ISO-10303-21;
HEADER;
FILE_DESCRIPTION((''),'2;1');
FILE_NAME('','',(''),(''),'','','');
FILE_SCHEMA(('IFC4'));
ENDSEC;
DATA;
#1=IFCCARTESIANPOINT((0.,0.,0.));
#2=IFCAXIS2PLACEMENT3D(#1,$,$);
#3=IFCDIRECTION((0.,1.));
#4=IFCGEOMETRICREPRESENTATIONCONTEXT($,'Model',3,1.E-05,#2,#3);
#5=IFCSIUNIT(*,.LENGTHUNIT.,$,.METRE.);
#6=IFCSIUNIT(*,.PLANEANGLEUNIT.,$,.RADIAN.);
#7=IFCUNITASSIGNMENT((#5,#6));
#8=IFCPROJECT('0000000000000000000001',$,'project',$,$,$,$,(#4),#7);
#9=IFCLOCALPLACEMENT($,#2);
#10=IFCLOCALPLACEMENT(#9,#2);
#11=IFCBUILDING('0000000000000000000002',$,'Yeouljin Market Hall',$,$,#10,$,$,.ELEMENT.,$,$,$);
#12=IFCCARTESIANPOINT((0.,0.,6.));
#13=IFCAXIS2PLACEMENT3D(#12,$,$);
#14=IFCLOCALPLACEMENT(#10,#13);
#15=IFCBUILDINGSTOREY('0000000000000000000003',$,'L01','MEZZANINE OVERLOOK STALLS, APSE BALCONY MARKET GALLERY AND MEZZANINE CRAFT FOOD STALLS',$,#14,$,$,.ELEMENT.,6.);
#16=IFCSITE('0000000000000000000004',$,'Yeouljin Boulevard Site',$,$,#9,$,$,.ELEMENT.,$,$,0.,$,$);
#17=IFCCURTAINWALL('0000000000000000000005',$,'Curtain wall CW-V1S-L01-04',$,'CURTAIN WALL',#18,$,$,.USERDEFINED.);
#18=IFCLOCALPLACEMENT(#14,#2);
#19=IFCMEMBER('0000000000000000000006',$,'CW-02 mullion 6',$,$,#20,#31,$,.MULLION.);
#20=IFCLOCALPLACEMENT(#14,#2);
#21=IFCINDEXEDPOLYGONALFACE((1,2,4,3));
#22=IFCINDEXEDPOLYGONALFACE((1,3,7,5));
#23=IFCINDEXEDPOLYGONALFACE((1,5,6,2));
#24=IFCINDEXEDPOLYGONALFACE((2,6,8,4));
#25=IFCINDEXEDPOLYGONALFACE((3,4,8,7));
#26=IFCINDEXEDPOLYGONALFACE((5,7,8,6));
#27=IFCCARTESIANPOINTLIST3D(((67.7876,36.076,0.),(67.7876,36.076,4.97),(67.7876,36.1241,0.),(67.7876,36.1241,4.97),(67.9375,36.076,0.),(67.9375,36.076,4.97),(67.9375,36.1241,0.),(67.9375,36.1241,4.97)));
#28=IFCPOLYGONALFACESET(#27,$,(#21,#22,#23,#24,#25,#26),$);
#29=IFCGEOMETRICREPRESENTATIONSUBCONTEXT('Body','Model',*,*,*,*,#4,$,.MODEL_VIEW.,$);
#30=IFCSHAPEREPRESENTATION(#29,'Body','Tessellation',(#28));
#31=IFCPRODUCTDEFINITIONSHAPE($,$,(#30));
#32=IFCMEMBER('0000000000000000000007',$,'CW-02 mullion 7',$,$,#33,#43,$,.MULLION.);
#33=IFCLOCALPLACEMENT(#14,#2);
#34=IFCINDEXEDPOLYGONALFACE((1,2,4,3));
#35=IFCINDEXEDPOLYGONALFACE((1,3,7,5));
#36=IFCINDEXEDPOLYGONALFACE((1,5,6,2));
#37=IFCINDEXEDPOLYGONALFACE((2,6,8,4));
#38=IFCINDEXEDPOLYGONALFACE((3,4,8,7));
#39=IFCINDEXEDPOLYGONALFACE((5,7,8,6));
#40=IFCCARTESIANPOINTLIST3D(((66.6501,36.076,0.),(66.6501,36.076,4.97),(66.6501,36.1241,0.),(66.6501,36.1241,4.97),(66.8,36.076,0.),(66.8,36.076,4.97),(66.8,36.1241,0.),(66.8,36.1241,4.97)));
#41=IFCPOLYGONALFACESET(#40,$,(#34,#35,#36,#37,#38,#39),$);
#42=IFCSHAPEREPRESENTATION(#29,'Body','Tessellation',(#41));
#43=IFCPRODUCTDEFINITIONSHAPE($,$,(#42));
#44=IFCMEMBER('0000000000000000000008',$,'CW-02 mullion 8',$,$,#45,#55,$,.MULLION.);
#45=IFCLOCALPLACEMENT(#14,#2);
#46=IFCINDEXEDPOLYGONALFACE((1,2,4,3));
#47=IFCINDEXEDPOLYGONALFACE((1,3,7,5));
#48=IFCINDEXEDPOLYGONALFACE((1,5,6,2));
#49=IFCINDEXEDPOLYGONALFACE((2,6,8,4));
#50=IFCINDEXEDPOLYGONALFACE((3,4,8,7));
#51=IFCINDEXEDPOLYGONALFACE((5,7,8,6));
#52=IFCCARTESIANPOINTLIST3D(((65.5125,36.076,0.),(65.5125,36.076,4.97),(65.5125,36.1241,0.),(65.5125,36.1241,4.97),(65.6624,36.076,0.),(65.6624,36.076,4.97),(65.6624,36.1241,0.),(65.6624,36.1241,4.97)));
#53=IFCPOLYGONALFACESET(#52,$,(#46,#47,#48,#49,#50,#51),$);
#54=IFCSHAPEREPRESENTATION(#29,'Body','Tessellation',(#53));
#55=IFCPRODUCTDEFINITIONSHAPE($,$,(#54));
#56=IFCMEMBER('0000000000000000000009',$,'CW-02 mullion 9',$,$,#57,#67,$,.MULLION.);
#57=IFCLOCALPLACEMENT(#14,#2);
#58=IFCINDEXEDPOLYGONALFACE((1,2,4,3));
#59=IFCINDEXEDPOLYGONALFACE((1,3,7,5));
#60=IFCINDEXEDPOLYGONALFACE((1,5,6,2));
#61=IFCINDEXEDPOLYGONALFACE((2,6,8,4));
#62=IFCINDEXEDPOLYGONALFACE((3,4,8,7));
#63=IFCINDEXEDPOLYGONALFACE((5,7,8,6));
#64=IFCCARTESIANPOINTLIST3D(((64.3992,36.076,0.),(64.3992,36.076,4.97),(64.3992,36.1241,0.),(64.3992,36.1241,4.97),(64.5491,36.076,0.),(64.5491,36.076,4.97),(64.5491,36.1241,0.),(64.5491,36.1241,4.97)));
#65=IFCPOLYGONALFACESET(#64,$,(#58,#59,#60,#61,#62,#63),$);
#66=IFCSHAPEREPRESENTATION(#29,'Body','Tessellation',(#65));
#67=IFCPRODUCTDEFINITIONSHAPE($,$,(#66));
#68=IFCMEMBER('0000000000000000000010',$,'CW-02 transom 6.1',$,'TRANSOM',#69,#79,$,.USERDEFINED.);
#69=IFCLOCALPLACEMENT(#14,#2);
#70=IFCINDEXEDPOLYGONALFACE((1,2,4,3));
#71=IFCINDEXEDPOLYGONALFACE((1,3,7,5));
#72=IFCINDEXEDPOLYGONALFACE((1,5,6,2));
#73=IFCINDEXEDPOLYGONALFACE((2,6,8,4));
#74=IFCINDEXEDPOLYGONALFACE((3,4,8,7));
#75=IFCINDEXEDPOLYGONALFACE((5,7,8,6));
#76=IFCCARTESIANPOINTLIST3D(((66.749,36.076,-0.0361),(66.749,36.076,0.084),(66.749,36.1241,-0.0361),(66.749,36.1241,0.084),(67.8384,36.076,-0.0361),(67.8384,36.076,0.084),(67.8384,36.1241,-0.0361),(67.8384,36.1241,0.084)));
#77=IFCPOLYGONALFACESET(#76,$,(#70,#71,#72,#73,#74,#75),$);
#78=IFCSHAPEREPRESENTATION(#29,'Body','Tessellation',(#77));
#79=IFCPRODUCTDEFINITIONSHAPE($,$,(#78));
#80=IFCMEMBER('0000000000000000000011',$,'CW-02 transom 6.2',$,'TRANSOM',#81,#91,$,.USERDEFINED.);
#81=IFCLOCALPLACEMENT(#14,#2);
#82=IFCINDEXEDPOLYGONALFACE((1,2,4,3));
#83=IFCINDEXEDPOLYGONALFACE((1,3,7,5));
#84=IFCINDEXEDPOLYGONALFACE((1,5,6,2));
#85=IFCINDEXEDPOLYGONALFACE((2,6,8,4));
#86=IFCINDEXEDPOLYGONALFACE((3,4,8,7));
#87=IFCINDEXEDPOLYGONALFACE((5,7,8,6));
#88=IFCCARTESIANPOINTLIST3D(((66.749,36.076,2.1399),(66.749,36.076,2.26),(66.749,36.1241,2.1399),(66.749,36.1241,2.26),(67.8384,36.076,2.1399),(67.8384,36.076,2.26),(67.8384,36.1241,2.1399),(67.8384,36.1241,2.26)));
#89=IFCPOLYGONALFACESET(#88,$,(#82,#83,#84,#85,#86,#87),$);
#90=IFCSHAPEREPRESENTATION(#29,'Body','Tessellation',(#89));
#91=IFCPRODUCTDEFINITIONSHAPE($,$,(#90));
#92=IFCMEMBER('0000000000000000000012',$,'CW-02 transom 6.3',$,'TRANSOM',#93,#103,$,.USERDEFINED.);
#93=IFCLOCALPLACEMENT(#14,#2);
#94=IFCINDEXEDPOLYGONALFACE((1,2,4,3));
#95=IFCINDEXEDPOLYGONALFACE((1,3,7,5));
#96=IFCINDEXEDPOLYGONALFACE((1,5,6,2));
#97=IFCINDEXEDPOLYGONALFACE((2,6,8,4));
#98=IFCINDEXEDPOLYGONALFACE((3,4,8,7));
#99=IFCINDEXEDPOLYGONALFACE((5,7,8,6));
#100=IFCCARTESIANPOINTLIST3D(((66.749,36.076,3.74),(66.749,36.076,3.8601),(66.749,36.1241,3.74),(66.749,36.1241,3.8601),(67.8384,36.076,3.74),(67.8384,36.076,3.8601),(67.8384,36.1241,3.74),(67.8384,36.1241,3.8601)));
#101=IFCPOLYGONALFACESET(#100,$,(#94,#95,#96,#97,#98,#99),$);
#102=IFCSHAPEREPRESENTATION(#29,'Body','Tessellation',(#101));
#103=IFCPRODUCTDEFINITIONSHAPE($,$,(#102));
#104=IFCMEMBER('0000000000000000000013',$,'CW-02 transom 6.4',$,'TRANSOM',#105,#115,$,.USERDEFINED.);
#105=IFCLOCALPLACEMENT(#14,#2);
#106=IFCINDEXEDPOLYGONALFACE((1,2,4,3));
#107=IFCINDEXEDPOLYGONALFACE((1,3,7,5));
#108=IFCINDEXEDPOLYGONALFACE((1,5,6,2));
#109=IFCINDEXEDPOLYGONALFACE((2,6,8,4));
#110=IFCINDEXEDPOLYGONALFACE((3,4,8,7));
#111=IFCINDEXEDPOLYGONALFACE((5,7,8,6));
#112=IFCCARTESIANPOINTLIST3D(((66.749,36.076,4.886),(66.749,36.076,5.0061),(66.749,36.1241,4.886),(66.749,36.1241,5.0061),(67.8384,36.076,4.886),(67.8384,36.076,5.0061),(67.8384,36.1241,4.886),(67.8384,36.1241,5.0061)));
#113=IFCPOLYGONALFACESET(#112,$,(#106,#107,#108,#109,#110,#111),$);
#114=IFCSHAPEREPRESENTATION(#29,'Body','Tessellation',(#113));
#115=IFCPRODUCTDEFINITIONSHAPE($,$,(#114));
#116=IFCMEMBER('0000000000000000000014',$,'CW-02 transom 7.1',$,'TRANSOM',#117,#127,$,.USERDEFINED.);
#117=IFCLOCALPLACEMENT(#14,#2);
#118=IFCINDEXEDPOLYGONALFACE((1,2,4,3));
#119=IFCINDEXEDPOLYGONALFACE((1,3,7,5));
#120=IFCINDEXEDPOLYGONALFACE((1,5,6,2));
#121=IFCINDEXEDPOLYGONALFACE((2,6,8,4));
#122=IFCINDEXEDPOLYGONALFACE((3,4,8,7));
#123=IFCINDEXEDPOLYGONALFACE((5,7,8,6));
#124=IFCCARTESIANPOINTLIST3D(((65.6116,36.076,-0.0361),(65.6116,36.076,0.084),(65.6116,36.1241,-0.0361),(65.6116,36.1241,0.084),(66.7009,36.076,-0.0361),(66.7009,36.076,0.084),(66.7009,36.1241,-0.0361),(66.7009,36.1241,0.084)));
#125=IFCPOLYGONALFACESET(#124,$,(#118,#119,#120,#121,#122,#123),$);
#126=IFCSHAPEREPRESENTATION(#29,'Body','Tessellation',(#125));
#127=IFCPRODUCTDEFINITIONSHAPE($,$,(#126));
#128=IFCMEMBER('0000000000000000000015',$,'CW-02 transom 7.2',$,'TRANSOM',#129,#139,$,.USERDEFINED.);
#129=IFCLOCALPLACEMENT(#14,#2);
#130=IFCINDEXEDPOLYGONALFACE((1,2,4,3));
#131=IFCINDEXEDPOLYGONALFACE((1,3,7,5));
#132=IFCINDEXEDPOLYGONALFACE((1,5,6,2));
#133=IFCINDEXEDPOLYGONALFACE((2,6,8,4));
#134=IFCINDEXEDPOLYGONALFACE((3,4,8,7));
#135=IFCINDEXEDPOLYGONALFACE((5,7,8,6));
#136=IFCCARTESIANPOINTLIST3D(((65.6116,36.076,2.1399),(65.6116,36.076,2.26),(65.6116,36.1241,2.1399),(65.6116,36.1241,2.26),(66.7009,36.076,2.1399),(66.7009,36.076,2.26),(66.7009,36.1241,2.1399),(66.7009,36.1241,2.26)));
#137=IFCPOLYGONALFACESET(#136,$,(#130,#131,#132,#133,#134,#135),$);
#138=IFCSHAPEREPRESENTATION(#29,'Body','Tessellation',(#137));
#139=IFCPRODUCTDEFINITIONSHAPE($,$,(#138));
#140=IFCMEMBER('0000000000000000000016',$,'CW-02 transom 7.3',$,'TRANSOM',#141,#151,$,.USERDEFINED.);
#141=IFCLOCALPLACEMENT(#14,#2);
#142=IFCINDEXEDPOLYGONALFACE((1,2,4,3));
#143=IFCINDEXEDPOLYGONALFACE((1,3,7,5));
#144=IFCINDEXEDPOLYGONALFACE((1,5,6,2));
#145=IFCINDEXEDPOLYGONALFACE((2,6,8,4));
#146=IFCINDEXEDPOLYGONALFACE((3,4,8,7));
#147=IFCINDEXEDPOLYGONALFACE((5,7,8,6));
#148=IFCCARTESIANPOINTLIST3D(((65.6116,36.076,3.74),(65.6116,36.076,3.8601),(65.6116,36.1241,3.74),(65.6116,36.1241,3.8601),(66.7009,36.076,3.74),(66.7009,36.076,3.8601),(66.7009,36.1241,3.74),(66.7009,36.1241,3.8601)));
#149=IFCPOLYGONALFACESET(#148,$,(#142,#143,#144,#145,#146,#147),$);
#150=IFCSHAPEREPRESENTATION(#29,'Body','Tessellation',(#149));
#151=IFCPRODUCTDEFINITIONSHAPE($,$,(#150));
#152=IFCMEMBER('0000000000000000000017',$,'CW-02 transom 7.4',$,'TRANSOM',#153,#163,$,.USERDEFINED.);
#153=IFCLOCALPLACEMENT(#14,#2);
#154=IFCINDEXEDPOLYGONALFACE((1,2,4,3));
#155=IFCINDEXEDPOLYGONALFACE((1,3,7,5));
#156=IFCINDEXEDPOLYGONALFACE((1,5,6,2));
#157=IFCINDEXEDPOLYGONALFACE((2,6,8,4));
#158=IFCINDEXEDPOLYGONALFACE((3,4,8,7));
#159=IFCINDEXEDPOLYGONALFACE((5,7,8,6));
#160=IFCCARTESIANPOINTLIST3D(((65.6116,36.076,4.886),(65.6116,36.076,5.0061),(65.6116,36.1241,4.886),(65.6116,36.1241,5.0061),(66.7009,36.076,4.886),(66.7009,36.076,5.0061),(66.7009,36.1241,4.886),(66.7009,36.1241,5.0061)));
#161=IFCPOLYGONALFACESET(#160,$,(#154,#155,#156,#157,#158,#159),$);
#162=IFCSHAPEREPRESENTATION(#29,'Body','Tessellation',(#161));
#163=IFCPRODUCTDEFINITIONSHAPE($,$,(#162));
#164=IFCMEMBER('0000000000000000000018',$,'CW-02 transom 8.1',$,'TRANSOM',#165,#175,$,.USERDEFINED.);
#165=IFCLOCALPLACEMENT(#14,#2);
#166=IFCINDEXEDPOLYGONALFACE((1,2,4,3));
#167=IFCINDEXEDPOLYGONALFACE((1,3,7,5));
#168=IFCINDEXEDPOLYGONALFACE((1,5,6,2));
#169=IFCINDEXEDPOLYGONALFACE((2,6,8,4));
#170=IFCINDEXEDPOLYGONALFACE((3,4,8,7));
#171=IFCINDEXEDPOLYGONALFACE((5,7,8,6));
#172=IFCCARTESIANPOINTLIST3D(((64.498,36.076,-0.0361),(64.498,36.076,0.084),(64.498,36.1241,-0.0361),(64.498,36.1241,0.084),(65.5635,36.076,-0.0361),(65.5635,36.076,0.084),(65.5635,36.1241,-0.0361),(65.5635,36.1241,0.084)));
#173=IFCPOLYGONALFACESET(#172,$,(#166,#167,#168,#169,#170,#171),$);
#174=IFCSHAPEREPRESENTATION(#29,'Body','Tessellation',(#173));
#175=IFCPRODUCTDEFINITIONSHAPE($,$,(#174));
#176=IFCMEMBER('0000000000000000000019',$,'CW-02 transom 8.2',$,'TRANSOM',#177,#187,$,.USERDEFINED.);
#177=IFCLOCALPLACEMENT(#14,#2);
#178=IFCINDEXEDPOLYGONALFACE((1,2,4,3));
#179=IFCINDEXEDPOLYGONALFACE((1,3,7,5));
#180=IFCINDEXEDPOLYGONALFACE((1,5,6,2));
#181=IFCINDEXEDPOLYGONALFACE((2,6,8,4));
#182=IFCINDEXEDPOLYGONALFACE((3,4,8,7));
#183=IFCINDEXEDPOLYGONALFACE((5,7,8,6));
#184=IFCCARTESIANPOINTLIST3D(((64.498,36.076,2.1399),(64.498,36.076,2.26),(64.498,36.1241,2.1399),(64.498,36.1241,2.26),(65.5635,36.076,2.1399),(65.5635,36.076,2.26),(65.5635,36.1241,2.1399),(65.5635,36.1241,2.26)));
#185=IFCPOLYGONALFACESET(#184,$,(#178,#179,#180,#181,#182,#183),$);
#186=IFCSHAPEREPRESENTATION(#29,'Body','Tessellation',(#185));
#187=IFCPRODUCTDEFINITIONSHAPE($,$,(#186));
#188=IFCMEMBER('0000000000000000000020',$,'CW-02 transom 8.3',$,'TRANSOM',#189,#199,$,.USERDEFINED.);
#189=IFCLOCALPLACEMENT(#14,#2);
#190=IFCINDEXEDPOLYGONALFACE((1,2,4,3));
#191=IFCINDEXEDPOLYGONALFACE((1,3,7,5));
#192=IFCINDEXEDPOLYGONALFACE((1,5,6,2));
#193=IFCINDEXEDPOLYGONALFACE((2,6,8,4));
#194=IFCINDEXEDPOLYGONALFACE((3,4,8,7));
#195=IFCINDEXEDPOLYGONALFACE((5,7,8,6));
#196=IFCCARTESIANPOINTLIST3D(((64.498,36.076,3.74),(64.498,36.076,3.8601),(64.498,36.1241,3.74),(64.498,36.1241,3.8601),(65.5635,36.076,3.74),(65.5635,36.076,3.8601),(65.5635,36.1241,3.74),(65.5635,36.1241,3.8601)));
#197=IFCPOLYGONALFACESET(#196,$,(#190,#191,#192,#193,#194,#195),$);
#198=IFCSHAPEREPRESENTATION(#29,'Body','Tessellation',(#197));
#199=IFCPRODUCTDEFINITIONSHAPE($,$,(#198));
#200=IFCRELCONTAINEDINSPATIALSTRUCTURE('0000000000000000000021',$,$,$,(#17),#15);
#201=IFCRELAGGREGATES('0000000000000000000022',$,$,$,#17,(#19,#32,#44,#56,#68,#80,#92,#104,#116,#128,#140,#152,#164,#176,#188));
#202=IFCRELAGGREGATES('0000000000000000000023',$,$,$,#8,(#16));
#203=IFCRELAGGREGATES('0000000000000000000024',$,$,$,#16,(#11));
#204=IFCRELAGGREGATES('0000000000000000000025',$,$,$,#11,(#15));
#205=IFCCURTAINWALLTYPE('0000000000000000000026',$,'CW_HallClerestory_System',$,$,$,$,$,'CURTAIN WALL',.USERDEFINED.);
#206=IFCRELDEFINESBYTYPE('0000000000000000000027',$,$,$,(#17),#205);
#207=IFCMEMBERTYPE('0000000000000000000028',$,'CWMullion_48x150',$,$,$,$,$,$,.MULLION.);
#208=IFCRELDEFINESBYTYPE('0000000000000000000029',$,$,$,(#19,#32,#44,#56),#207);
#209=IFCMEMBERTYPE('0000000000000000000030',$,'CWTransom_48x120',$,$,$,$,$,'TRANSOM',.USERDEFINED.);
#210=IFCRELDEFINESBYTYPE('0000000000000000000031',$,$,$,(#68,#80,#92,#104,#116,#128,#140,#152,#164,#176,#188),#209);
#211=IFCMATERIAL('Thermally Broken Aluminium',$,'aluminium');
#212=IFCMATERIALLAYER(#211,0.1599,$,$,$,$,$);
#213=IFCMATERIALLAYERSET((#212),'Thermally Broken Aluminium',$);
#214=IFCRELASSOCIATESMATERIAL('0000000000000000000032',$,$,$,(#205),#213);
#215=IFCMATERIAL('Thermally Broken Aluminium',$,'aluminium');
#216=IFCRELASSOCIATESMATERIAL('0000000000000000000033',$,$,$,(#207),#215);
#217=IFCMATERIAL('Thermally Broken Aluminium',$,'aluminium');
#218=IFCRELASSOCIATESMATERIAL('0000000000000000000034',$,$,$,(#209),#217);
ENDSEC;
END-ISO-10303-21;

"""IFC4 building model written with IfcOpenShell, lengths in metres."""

from ifc_helpers import new_model, si_unit, direction, frame, origin, origin_2d, place, context, subcontext, project, spatial, rectangle, extrude, material, layer, layer_set, material_profile, profile_set, type_object, element, aggregate, save


model = new_model("IFC4")

# Units and contexts
model_context = context("Model", 3, precision=1e-05, world=origin(), true_north=direction((0.0, 1.0)))
body_context = subcontext(model_context, "Body", "Model", "MODEL_VIEW")
ifc_project = project(units=[si_unit("LENGTHUNIT", "METRE"), si_unit("PLANEANGLEUNIT", "RADIAN")], contexts=[model_context])

# Site, building, storey
site_placement = place(None, origin())
site = spatial("IfcSite", under=ifc_project, at=site_placement, Name="Yeouljin Boulevard Site", CompositionType="ELEMENT", RefElevation=0.0)
building_placement = place(site_placement, origin())
building = spatial("IfcBuilding", under=site, at=building_placement, Name="Yeouljin Market Hall", CompositionType="ELEMENT")
storey_placement = place(building_placement, frame((0.0, 0.0, 6.0)))
storey = spatial("IfcBuildingStorey", under=building, at=storey_placement, Name="L01", Description="MEZZANINE OVERLOOK STALLS, APSE BALCONY MARKET GALLERY AND MEZZANINE CRAFT FOOD STALLS", CompositionType="ELEMENT", Elevation=6.0)

# Curtain wall, members
ifc_material_1 = material(Name="Thermally Broken Aluminium", Category="aluminium")
ifc_layer_1 = layer(ifc_material_1, 0.1599)
ifc_layer_set_1 = layer_set([ifc_layer_1], Name="Thermally Broken Aluminium")
curtain_wall_type = type_object("IfcCurtainWallType", Name="CW_HallClerestory_System", ElementType="CURTAIN WALL", PredefinedType="USERDEFINED", material=ifc_layer_set_1)
curtain_wall_placement = place(storey_placement, origin())
curtain_wall = element("IfcCurtainWall", 1, at=curtain_wall_placement, inside=storey, type_object=curtain_wall_type, Name="Curtain wall CW-V1S-L01-04", ObjectType="CURTAIN WALL", PredefinedType="USERDEFINED")
ifc_material_2 = material(Name="Thermally Broken Aluminium", Category="aluminium")
ifc_material_profile_1 = material_profile(ifc_material_2, rectangle(XDim=0.0481, YDim=0.1499, at=origin_2d()), Name="CW-MULL-48x150")
ifc_profile_set_1 = profile_set([ifc_material_profile_1], Name="Thermally Broken Aluminium")
member_type_1 = type_object("IfcMemberType", Name="CWMullion_48x150", PredefinedType="MULLION", material=ifc_profile_set_1)
member_1_placement = place(storey_placement, frame((67.8625, 36.1001, 0.0), z_axis=(0.0, 0.0, 1.0), x_axis=(0.0, -1.0, 0.0)))
member_1 = element("IfcMember", 2, at=member_1_placement, type_object=member_type_1, Name="CW-02 mullion 6", PredefinedType="MULLION", context=body_context, shape_type="SweptSolid", body=[
    extrude(rectangle(XDim=0.0481, YDim=0.1499, at=origin_2d()), origin(), (0.0, 0.0, 1.0), 4.97),
])
member_2_placement = place(storey_placement, frame((66.7251, 36.1001, 0.0), z_axis=(0.0, 0.0, 1.0), x_axis=(0.0, -1.0, 0.0)))
member_2 = element("IfcMember", 3, at=member_2_placement, type_object=member_type_1, Name="CW-02 mullion 7", PredefinedType="MULLION", context=body_context, shape_type="SweptSolid", body=[
    extrude(rectangle(XDim=0.0481, YDim=0.1499, at=origin_2d()), origin(), (0.0, 0.0, 1.0), 4.97),
])
member_3_placement = place(storey_placement, frame((65.5874, 36.1001, 0.0), z_axis=(0.0, 0.0, 1.0), x_axis=(0.0, -1.0, 0.0)))
member_3 = element("IfcMember", 4, at=member_3_placement, type_object=member_type_1, Name="CW-02 mullion 8", PredefinedType="MULLION", context=body_context, shape_type="SweptSolid", body=[
    extrude(rectangle(XDim=0.0481, YDim=0.1499, at=origin_2d()), origin(), (0.0, 0.0, 1.0), 4.97),
])
member_4_placement = place(storey_placement, frame((64.4741, 36.1001, 0.0), z_axis=(0.0, 0.0, 1.0), x_axis=(0.0, -1.0, 0.0)))
member_4 = element("IfcMember", 5, at=member_4_placement, type_object=member_type_1, Name="CW-02 mullion 9", PredefinedType="MULLION", context=body_context, shape_type="SweptSolid", body=[
    extrude(rectangle(XDim=0.0481, YDim=0.1499, at=origin_2d()), origin(), (0.0, 0.0, 1.0), 4.97),
])
ifc_material_3 = material(Name="Thermally Broken Aluminium", Category="aluminium")
ifc_material_profile_2 = material_profile(ifc_material_3, rectangle(XDim=0.0481, YDim=0.1201, at=origin_2d()), Name="CW-TRAN-48x120")
ifc_profile_set_2 = profile_set([ifc_material_profile_2], Name="Thermally Broken Aluminium")
member_type_2 = type_object("IfcMemberType", Name="CWTransom_48x120", ElementType="TRANSOM", PredefinedType="USERDEFINED", material=ifc_profile_set_2)
member_5_placement = place(storey_placement, frame((67.8384, 36.1001, 0.0239), z_axis=(-1.0, 0.0, 0.0), x_axis=(0.0, -1.0, 0.0)))
member_5 = element("IfcMember", 6, at=member_5_placement, type_object=member_type_2, Name="CW-02 transom 6.1", ObjectType="TRANSOM", PredefinedType="USERDEFINED", context=body_context, shape_type="SweptSolid", body=[
    extrude(rectangle(XDim=0.0481, YDim=0.1201, at=origin_2d()), origin(), (0.0, 0.0, 1.0), 1.0894),
])
member_6_placement = place(storey_placement, frame((67.8384, 36.1001, 2.2), z_axis=(-1.0, 0.0, 0.0), x_axis=(0.0, -1.0, 0.0)))
member_6 = element("IfcMember", 7, at=member_6_placement, type_object=member_type_2, Name="CW-02 transom 6.2", ObjectType="TRANSOM", PredefinedType="USERDEFINED", context=body_context, shape_type="SweptSolid", body=[
    extrude(rectangle(XDim=0.0481, YDim=0.1201, at=origin_2d()), origin(), (0.0, 0.0, 1.0), 1.0894),
])
member_7_placement = place(storey_placement, frame((67.8384, 36.1001, 3.8), z_axis=(-1.0, 0.0, 0.0), x_axis=(0.0, -1.0, 0.0)))
member_7 = element("IfcMember", 8, at=member_7_placement, type_object=member_type_2, Name="CW-02 transom 6.3", ObjectType="TRANSOM", PredefinedType="USERDEFINED", context=body_context, shape_type="SweptSolid", body=[
    extrude(rectangle(XDim=0.0481, YDim=0.1201, at=origin_2d()), origin(), (0.0, 0.0, 1.0), 1.0894),
])
member_8_placement = place(storey_placement, frame((67.8384, 36.1001, 4.946), z_axis=(-1.0, 0.0, 0.0), x_axis=(0.0, -1.0, 0.0)))
member_8 = element("IfcMember", 9, at=member_8_placement, type_object=member_type_2, Name="CW-02 transom 6.4", ObjectType="TRANSOM", PredefinedType="USERDEFINED", context=body_context, shape_type="SweptSolid", body=[
    extrude(rectangle(XDim=0.0481, YDim=0.1201, at=origin_2d()), origin(), (0.0, 0.0, 1.0), 1.0894),
])
member_9_placement = place(storey_placement, frame((66.7009, 36.1001, 0.0239), z_axis=(-1.0, 0.0, 0.0), x_axis=(0.0, -1.0, 0.0)))
member_9 = element("IfcMember", 10, at=member_9_placement, type_object=member_type_2, Name="CW-02 transom 7.1", ObjectType="TRANSOM", PredefinedType="USERDEFINED", context=body_context, shape_type="SweptSolid", body=[
    extrude(rectangle(XDim=0.0481, YDim=0.1201, at=origin_2d()), origin(), (0.0, 0.0, 1.0), 1.0894),
])
member_10_placement = place(storey_placement, frame((66.7009, 36.1001, 2.2), z_axis=(-1.0, 0.0, 0.0), x_axis=(0.0, -1.0, 0.0)))
member_10 = element("IfcMember", 11, at=member_10_placement, type_object=member_type_2, Name="CW-02 transom 7.2", ObjectType="TRANSOM", PredefinedType="USERDEFINED", context=body_context, shape_type="SweptSolid", body=[
    extrude(rectangle(XDim=0.0481, YDim=0.1201, at=origin_2d()), origin(), (0.0, 0.0, 1.0), 1.0894),
])
member_11_placement = place(storey_placement, frame((66.7009, 36.1001, 3.8), z_axis=(-1.0, 0.0, 0.0), x_axis=(0.0, -1.0, 0.0)))
member_11 = element("IfcMember", 12, at=member_11_placement, type_object=member_type_2, Name="CW-02 transom 7.3", ObjectType="TRANSOM", PredefinedType="USERDEFINED", context=body_context, shape_type="SweptSolid", body=[
    extrude(rectangle(XDim=0.0481, YDim=0.1201, at=origin_2d()), origin(), (0.0, 0.0, 1.0), 1.0894),
])
member_12_placement = place(storey_placement, frame((66.7009, 36.1001, 4.946), z_axis=(-1.0, 0.0, 0.0), x_axis=(0.0, -1.0, 0.0)))
member_12 = element("IfcMember", 13, at=member_12_placement, type_object=member_type_2, Name="CW-02 transom 7.4", ObjectType="TRANSOM", PredefinedType="USERDEFINED", context=body_context, shape_type="SweptSolid", body=[
    extrude(rectangle(XDim=0.0481, YDim=0.1201, at=origin_2d()), origin(), (0.0, 0.0, 1.0), 1.0894),
])
member_13_placement = place(storey_placement, frame((65.5635, 36.1001, 0.0239), z_axis=(-1.0, 0.0, 0.0), x_axis=(0.0, -1.0, 0.0)))
member_13 = element("IfcMember", 14, at=member_13_placement, type_object=member_type_2, Name="CW-02 transom 8.1", ObjectType="TRANSOM", PredefinedType="USERDEFINED", context=body_context, shape_type="SweptSolid", body=[
    extrude(rectangle(XDim=0.0481, YDim=0.1201, at=origin_2d()), origin(), (0.0, 0.0, 1.0), 1.0654),
])
member_14_placement = place(storey_placement, frame((65.5635, 36.1001, 2.2), z_axis=(-1.0, 0.0, 0.0), x_axis=(0.0, -1.0, 0.0)))
member_14 = element("IfcMember", 15, at=member_14_placement, type_object=member_type_2, Name="CW-02 transom 8.2", ObjectType="TRANSOM", PredefinedType="USERDEFINED", context=body_context, shape_type="SweptSolid", body=[
    extrude(rectangle(XDim=0.0481, YDim=0.1201, at=origin_2d()), origin(), (0.0, 0.0, 1.0), 1.0654),
])
member_15_placement = place(storey_placement, frame((65.5635, 36.1001, 3.8), z_axis=(-1.0, 0.0, 0.0), x_axis=(0.0, -1.0, 0.0)))
member_15 = element("IfcMember", 16, at=member_15_placement, type_object=member_type_2, Name="CW-02 transom 8.3", ObjectType="TRANSOM", PredefinedType="USERDEFINED", context=body_context, shape_type="SweptSolid", body=[
    extrude(rectangle(XDim=0.0481, YDim=0.1201, at=origin_2d()), origin(), (0.0, 0.0, 1.0), 1.0654),
])
aggregate(curtain_wall, [member_1, member_2, member_3, member_4, member_5, member_6, member_7, member_8, member_9, member_10, member_11, member_12, member_13, member_14, member_15])

save(model, "model.ifc")
